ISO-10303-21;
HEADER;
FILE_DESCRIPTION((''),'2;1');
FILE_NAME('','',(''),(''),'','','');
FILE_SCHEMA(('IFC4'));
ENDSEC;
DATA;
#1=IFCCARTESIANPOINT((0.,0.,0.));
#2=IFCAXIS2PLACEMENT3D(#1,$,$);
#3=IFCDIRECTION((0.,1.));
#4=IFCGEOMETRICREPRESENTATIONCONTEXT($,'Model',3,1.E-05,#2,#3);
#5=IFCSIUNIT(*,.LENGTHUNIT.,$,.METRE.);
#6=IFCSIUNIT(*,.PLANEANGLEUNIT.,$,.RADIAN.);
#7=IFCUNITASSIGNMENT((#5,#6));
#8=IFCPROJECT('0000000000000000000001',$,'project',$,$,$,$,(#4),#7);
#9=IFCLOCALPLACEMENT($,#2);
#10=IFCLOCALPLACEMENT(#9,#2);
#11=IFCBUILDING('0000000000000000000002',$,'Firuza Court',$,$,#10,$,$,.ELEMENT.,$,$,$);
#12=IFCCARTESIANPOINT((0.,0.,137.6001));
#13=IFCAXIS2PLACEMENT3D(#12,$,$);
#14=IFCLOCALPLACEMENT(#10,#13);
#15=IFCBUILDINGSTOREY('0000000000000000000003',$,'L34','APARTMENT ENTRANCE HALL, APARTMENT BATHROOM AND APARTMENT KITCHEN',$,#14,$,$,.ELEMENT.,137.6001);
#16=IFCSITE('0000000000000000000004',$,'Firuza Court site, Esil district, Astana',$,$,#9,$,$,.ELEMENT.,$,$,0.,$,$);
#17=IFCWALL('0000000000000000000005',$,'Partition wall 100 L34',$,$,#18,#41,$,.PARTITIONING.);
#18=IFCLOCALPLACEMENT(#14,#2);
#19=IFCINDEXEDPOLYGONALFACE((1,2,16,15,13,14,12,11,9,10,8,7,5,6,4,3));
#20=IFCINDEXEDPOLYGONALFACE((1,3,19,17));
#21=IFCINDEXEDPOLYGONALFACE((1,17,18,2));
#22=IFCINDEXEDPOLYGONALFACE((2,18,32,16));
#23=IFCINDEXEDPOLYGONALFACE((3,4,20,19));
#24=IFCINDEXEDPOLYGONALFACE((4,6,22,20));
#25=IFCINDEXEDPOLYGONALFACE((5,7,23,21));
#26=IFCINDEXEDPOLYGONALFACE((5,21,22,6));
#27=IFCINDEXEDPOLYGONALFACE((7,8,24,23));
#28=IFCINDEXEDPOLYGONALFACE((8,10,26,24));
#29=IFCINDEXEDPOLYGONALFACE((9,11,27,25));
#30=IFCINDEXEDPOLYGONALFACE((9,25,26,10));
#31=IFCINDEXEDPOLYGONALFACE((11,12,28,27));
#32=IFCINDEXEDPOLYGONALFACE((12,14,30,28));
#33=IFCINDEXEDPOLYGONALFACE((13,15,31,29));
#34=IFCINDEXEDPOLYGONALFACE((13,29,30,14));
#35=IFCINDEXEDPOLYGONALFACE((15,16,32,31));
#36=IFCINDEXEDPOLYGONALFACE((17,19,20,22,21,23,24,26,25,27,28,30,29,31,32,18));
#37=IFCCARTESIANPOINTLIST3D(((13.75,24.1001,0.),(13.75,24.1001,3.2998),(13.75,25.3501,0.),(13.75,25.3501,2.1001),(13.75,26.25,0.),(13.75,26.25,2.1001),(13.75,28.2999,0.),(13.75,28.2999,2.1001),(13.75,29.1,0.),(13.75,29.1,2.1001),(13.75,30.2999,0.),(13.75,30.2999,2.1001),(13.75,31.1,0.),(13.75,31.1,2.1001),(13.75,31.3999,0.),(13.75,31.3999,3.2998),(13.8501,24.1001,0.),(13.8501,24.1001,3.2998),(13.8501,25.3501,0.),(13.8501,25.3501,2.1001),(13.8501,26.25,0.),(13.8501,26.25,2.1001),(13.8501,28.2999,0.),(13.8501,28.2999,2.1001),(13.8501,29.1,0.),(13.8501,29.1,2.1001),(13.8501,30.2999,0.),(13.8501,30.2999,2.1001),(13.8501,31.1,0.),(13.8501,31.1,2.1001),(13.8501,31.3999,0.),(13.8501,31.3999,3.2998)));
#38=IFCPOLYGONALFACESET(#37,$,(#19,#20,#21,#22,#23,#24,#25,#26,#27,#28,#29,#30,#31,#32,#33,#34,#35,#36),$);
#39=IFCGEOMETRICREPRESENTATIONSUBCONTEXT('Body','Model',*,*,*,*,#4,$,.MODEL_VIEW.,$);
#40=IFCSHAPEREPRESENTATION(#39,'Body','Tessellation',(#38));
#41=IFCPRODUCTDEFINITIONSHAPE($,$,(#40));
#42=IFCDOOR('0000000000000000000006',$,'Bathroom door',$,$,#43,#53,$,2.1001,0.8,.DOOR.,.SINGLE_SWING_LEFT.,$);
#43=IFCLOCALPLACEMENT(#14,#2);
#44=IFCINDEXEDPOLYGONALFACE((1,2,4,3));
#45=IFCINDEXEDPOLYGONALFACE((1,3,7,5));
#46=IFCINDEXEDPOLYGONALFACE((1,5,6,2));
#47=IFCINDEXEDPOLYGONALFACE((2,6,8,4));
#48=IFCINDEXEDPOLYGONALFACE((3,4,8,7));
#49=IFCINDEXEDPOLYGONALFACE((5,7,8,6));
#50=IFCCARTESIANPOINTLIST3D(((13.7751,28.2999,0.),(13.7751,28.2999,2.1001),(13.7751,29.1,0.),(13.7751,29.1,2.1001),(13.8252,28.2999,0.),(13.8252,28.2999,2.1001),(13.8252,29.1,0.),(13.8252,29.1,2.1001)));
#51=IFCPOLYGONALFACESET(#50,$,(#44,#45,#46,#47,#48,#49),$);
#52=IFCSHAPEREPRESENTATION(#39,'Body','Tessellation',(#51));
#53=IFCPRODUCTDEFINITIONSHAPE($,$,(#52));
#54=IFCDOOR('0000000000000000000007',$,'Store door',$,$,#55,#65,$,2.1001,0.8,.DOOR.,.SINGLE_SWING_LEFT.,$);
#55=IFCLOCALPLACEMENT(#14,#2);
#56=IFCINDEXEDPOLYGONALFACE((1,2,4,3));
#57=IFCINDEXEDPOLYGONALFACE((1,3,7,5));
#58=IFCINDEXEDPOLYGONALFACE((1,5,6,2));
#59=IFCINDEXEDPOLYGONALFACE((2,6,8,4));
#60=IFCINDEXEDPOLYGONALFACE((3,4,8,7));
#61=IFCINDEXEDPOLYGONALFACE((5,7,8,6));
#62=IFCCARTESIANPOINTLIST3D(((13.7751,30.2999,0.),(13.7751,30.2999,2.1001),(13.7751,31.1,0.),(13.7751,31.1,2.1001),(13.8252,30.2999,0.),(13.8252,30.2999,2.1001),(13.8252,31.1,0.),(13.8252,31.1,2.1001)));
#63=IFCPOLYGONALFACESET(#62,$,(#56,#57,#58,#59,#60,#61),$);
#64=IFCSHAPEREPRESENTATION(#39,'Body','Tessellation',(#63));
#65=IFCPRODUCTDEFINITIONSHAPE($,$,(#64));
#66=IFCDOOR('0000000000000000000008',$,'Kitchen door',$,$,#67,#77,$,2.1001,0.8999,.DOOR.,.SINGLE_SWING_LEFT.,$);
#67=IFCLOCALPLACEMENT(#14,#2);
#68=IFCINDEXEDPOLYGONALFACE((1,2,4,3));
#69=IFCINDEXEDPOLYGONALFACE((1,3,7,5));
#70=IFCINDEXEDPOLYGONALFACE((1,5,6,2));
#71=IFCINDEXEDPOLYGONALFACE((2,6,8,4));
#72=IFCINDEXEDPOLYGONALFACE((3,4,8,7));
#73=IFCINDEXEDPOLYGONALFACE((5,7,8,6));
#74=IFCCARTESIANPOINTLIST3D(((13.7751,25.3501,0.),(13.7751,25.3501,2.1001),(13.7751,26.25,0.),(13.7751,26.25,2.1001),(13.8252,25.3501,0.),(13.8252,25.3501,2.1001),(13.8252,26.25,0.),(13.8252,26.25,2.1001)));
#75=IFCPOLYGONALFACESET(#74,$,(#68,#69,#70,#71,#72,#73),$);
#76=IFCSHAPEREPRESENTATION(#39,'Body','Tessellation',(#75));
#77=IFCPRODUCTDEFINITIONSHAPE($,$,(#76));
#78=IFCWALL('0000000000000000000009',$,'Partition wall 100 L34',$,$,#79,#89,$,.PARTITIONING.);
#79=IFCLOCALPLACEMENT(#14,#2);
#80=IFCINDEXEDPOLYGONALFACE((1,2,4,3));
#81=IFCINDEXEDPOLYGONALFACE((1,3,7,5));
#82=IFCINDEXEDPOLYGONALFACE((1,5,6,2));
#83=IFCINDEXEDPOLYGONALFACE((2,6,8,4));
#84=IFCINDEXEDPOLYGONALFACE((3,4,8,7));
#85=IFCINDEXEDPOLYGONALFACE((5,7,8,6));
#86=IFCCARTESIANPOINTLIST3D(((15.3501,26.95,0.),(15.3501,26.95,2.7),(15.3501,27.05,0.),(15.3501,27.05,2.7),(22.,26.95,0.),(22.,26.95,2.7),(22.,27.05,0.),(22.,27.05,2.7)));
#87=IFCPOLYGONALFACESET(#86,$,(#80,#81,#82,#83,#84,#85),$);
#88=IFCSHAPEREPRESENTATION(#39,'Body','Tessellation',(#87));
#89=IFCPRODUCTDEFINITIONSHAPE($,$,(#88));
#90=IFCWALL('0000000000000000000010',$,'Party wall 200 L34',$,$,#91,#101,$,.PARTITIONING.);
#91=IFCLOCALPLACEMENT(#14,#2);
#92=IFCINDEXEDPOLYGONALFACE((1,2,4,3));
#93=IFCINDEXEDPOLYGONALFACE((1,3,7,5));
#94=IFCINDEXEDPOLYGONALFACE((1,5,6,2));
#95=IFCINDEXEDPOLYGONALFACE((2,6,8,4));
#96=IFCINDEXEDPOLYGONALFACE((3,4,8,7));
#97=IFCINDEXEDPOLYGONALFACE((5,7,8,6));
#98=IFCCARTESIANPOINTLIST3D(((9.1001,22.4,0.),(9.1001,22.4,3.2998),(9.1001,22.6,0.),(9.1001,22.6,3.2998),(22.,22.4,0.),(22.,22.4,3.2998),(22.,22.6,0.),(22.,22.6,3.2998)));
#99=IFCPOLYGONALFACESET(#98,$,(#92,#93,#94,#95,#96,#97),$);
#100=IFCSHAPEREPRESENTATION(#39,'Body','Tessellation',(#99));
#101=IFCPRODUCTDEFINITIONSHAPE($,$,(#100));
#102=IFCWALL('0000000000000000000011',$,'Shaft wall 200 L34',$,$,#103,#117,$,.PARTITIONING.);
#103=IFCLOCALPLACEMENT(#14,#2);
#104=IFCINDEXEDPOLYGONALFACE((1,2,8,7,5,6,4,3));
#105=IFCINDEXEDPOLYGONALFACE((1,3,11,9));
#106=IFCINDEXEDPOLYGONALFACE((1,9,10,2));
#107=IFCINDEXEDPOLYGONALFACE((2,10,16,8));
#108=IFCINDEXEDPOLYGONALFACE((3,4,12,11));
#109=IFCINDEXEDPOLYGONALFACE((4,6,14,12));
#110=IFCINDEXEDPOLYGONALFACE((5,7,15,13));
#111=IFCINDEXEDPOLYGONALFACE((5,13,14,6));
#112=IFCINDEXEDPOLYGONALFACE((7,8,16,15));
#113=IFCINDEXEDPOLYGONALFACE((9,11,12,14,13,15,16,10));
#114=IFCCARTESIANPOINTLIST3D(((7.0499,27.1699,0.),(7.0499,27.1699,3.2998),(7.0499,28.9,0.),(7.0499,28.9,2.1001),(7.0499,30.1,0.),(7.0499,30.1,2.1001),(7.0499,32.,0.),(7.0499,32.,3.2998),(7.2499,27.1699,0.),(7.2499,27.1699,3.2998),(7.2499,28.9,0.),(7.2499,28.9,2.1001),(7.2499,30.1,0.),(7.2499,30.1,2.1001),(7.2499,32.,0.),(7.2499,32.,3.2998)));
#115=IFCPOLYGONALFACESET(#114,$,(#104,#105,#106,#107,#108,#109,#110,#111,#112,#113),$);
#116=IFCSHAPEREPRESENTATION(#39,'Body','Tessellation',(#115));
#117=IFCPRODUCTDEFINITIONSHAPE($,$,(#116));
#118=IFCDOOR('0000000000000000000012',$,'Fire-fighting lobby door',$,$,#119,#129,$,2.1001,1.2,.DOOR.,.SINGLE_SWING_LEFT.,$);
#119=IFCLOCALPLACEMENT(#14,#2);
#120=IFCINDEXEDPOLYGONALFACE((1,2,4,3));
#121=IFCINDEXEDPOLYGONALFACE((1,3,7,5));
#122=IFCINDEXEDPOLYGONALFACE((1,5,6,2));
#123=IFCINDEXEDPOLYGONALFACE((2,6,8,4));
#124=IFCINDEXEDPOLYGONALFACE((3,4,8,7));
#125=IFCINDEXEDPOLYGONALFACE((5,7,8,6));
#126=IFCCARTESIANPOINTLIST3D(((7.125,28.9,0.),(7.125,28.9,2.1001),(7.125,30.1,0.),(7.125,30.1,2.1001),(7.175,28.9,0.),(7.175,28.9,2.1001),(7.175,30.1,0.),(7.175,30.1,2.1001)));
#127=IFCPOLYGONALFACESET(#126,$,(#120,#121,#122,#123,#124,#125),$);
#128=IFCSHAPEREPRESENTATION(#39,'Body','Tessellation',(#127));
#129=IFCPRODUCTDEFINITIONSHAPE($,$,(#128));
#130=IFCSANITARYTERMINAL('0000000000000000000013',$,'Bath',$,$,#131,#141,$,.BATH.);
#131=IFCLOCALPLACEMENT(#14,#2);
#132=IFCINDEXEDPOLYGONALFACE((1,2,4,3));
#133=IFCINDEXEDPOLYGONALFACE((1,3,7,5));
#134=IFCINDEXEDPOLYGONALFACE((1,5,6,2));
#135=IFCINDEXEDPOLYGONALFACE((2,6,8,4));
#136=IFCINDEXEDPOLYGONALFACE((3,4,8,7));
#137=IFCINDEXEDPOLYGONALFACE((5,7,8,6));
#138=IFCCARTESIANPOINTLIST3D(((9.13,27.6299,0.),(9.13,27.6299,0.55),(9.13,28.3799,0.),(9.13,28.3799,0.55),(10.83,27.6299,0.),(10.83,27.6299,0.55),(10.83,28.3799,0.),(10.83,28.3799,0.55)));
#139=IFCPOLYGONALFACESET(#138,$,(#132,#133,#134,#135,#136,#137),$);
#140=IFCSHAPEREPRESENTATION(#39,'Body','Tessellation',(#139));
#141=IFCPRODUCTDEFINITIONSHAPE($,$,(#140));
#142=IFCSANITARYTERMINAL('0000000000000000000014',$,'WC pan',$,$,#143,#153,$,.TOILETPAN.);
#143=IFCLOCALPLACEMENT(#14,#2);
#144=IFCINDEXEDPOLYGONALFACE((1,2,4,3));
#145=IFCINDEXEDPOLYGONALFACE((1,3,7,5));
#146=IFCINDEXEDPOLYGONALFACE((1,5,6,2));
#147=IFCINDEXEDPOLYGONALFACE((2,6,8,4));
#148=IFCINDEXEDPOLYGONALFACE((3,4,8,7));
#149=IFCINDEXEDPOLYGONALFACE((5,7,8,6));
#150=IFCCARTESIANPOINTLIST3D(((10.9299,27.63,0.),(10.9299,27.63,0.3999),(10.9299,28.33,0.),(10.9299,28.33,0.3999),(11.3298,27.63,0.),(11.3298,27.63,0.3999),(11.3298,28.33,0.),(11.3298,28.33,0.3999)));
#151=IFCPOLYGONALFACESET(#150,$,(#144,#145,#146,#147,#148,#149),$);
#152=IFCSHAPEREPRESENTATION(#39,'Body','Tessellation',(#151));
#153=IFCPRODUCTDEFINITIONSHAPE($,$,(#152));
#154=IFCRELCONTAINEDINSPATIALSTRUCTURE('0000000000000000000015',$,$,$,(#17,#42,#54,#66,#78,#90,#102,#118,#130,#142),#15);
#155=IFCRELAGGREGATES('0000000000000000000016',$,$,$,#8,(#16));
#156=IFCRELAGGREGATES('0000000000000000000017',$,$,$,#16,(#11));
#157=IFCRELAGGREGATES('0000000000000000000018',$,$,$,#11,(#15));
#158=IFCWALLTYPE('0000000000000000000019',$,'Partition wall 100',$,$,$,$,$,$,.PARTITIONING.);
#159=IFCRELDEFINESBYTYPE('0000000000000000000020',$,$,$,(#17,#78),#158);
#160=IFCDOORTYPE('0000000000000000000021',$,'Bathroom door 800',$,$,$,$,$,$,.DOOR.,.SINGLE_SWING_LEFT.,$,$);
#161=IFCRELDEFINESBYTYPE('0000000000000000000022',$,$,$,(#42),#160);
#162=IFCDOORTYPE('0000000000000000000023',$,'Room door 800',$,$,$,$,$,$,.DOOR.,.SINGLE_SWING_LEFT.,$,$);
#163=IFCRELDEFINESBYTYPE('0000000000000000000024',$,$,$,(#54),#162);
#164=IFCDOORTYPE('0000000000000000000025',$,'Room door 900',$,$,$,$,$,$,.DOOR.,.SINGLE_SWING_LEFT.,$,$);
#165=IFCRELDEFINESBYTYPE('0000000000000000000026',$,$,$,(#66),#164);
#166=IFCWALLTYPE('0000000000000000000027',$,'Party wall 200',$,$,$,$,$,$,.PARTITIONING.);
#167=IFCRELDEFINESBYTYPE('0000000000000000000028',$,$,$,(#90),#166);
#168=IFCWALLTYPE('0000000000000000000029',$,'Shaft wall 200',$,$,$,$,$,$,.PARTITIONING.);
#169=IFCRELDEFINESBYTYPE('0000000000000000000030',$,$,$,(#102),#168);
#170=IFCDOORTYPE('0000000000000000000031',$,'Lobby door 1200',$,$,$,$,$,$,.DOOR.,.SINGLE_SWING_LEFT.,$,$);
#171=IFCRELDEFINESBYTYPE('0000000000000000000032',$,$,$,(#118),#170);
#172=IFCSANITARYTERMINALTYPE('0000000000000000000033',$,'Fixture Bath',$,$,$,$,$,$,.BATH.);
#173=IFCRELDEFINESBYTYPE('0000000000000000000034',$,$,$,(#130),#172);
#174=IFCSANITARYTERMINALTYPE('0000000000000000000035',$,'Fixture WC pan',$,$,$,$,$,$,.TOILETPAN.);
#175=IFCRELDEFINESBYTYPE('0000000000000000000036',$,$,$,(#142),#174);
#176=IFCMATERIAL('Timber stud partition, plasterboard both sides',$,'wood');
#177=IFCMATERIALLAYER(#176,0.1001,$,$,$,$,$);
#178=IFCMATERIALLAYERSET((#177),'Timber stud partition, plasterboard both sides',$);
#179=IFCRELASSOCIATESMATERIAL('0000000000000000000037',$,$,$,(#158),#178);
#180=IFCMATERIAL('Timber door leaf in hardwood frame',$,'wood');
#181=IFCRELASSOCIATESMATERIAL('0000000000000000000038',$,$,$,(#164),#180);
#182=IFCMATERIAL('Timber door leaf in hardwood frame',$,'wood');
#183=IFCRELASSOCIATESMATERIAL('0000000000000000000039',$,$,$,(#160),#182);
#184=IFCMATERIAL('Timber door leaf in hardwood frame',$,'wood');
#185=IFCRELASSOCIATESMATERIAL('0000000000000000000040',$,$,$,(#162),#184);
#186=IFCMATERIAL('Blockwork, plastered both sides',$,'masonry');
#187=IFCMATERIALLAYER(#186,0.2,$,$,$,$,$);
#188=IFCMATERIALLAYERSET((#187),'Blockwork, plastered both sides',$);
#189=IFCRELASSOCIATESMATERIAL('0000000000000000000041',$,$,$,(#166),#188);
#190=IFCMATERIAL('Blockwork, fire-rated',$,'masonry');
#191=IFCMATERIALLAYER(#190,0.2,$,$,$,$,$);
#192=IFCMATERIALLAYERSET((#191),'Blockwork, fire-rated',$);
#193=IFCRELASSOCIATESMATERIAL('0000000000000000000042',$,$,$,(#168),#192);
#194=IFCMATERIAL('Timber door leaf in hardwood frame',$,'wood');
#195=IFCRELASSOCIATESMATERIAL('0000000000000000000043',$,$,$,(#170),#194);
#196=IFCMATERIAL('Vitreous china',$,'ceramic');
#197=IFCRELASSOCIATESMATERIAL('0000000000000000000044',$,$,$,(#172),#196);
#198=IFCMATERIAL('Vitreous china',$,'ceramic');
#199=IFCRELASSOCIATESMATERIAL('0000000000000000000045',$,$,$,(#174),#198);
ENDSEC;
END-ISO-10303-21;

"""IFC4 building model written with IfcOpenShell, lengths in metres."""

from ifc_helpers import new_model, si_unit, direction, frame, frame_2d, origin, origin_2d, place, context, subcontext, project, spatial, rectangle, extrude, material, layer, layer_set, type_object, element, fill, save


model = new_model("IFC4")

# Units and contexts
model_context = context("Model", 3, precision=1e-05, world=origin(), true_north=direction((0.0, 1.0)))
body_context = subcontext(model_context, "Body", "Model", "MODEL_VIEW")
ifc_project = project(units=[si_unit("LENGTHUNIT", "METRE"), si_unit("PLANEANGLEUNIT", "RADIAN")], contexts=[model_context])

# Site, building, storey
site_placement = place(None, origin())
site = spatial("IfcSite", under=ifc_project, at=site_placement, Name="Firuza Court site, Esil district, Astana", CompositionType="ELEMENT", RefElevation=0.0)
building_placement = place(site_placement, origin())
building = spatial("IfcBuilding", under=site, at=building_placement, Name="Firuza Court", CompositionType="ELEMENT")
storey_placement = place(building_placement, frame((0.0, 0.0, 137.6001)))
storey = spatial("IfcBuildingStorey", under=building, at=storey_placement, Name="L34", Description="APARTMENT ENTRANCE HALL, APARTMENT BATHROOM AND APARTMENT KITCHEN", CompositionType="ELEMENT", Elevation=137.6001)

# Shared definitions
ifc_material_1 = material(Name="Timber stud partition, plasterboard both sides", Category="wood")
ifc_layer_1 = layer(ifc_material_1, 0.1001)
ifc_layer_set_1 = layer_set([ifc_layer_1], Name="Timber stud partition, plasterboard both sides")
wall_type_1 = type_object("IfcWallType", Name="Partition wall 100", PredefinedType="PARTITIONING", material=ifc_layer_set_1)
ifc_material_2 = material(Name="Timber door leaf in hardwood frame", Category="wood")
door_type_1 = type_object("IfcDoorType", Name="Room door 900", OperationType="SINGLE_SWING_LEFT", PredefinedType="DOOR", material=ifc_material_2)

# Wall, openings, doors
wall_1_placement = place(storey_placement, frame((13.8, 24.1001, 0.0), z_axis=(0.0, 0.0, 1.0), x_axis=(0.0, 1.0, 0.0)))
wall_1 = element("IfcWall", 1, at=wall_1_placement, inside=storey, type_object=wall_type_1, Name="Partition wall 100 L34", PredefinedType="PARTITIONING", context=body_context, shape_type="SweptSolid", body=[
    extrude(rectangle(XDim=7.2998, YDim=0.1001, at=frame_2d((3.6499, 0.0))), origin(), (0.0, 0.0, 1.0), 3.2998),
])
opening_1_placement = place(wall_1_placement, frame((4.2, 0.0, 0.0)))
opening_1 = element("IfcOpeningElement", 2, at=opening_1_placement, cuts=wall_1, PredefinedType="OPENING", context=body_context, shape_type="SweptSolid", body=[
    extrude(rectangle(XDim=0.8, YDim=2.1001, at=frame_2d((0.3999, 1.05))), frame((0.0, 0.062, 0.0), z_axis=(0.0, -1.0, 0.0), x_axis=(1.0, 0.0, 0.0)), (0.0, 0.0, 1.0), 0.124),
])
opening_2_placement = place(wall_1_placement, frame((1.25, 0.0, 0.0)))
opening_2 = element("IfcOpeningElement", 3, at=opening_2_placement, cuts=wall_1, PredefinedType="OPENING", context=body_context, shape_type="SweptSolid", body=[
    extrude(rectangle(XDim=0.8999, YDim=2.1001, at=frame_2d((0.45, 1.05))), frame((0.0, 0.062, 0.0), z_axis=(0.0, -1.0, 0.0), x_axis=(1.0, 0.0, 0.0)), (0.0, 0.0, 1.0), 0.124),
])
opening_3_placement = place(wall_1_placement, frame((6.2, 0.0, 0.0)))
opening_3 = element("IfcOpeningElement", 4, at=opening_3_placement, cuts=wall_1, PredefinedType="OPENING", context=body_context, shape_type="SweptSolid", body=[
    extrude(rectangle(XDim=0.8, YDim=2.1001, at=frame_2d((0.3999, 1.05))), frame((0.0, 0.062, 0.0), z_axis=(0.0, -1.0, 0.0), x_axis=(1.0, 0.0, 0.0)), (0.0, 0.0, 1.0), 0.124),
])
ifc_material_3 = material(Name="Timber door leaf in hardwood frame", Category="wood")
door_type_2 = type_object("IfcDoorType", Name="Bathroom door 800", OperationType="SINGLE_SWING_LEFT", PredefinedType="DOOR", material=ifc_material_3)
door_1_placement = place(opening_1_placement, origin())
door_1 = element("IfcDoor", 5, at=door_1_placement, inside=storey, type_object=door_type_2, Name="Bathroom door", OperationType="SINGLE_SWING_LEFT", OverallHeight=2.1001, OverallWidth=0.8, PredefinedType="DOOR", context=body_context, shape_type="SweptSolid", body=[
    extrude(rectangle(XDim=0.8, YDim=2.1001, at=frame_2d((0.3999, 1.05))), frame((0.0, 0.0249, 0.0), z_axis=(0.0, -1.0, 0.0), x_axis=(1.0, 0.0, 0.0)), (0.0, 0.0, 1.0), 0.05),
])
fill(opening_1, door_1)
ifc_material_4 = material(Name="Timber door leaf in hardwood frame", Category="wood")
door_type_3 = type_object("IfcDoorType", Name="Room door 800", OperationType="SINGLE_SWING_LEFT", PredefinedType="DOOR", material=ifc_material_4)
door_2_placement = place(opening_3_placement, origin())
door_2 = element("IfcDoor", 6, at=door_2_placement, inside=storey, type_object=door_type_3, Name="Store door", OperationType="SINGLE_SWING_LEFT", OverallHeight=2.1001, OverallWidth=0.8, PredefinedType="DOOR", context=body_context, shape_type="SweptSolid", body=[
    extrude(rectangle(XDim=0.8, YDim=2.1001, at=frame_2d((0.3999, 1.05))), frame((0.0, 0.0249, 0.0), z_axis=(0.0, -1.0, 0.0), x_axis=(1.0, 0.0, 0.0)), (0.0, 0.0, 1.0), 0.05),
])
fill(opening_3, door_2)
door_3_placement = place(opening_2_placement, origin())
door_3 = element("IfcDoor", 7, at=door_3_placement, inside=storey, type_object=door_type_1, Name="Kitchen door", OperationType="SINGLE_SWING_LEFT", OverallHeight=2.1001, OverallWidth=0.8999, PredefinedType="DOOR", context=body_context, shape_type="SweptSolid", body=[
    extrude(rectangle(XDim=0.8999, YDim=2.1001, at=frame_2d((0.45, 1.05))), frame((0.0, 0.0249, 0.0), z_axis=(0.0, -1.0, 0.0), x_axis=(1.0, 0.0, 0.0)), (0.0, 0.0, 1.0), 0.05),
])
fill(opening_2, door_3)

# Walls
wall_2_placement = place(storey_placement, frame((15.3501, 27.0, 0.0), z_axis=(0.0, 0.0, 1.0), x_axis=(1.0, 0.0, 0.0)))
element("IfcWall", 8, at=wall_2_placement, inside=storey, type_object=wall_type_1, Name="Partition wall 100 L34", PredefinedType="PARTITIONING", context=body_context, shape_type="SweptSolid", body=[
    extrude(rectangle(XDim=6.6499, YDim=0.1001, at=frame_2d((3.325, 0.0))), origin(), (0.0, 0.0, 1.0), 2.7),
])
ifc_material_5 = material(Name="Blockwork, plastered both sides", Category="masonry")
ifc_layer_2 = layer(ifc_material_5, 0.2)
ifc_layer_set_2 = layer_set([ifc_layer_2], Name="Blockwork, plastered both sides")
wall_type_2 = type_object("IfcWallType", Name="Party wall 200", PredefinedType="PARTITIONING", material=ifc_layer_set_2)
wall_3_placement = place(storey_placement, frame((9.1001, 22.5, 0.0), z_axis=(0.0, 0.0, 1.0), x_axis=(1.0, 0.0, 0.0)))
element("IfcWall", 9, at=wall_3_placement, inside=storey, type_object=wall_type_2, Name="Party wall 200 L34", PredefinedType="PARTITIONING", context=body_context, shape_type="SweptSolid", body=[
    extrude(rectangle(XDim=12.8999, YDim=0.2, at=frame_2d((6.45, 0.0))), origin(), (0.0, 0.0, 1.0), 3.2998),
])

# Wall, opening, door
ifc_material_6 = material(Name="Blockwork, fire-rated", Category="masonry")
ifc_layer_3 = layer(ifc_material_6, 0.2)
ifc_layer_set_3 = layer_set([ifc_layer_3], Name="Blockwork, fire-rated")
wall_type_3 = type_object("IfcWallType", Name="Shaft wall 200", PredefinedType="PARTITIONING", material=ifc_layer_set_3)
wall_4_placement = place(storey_placement, frame((7.1499, 27.1699, 0.0), z_axis=(0.0, 0.0, 1.0), x_axis=(0.0, 1.0, 0.0)))
wall_4 = element("IfcWall", 10, at=wall_4_placement, inside=storey, type_object=wall_type_3, Name="Shaft wall 200 L34", PredefinedType="PARTITIONING", context=body_context, shape_type="SweptSolid", body=[
    extrude(rectangle(XDim=4.8301, YDim=0.2, at=frame_2d((2.415, 0.0))), origin(), (0.0, 0.0, 1.0), 3.2998),
])
opening_4_placement = place(wall_4_placement, frame((1.73, 0.0, 0.0)))
opening_4 = element("IfcOpeningElement", 11, at=opening_4_placement, cuts=wall_4, PredefinedType="OPENING", context=body_context, shape_type="SweptSolid", body=[
    extrude(rectangle(XDim=1.2, YDim=2.1001, at=frame_2d((0.6001, 1.05))), frame((0.0, 0.1118, 0.0), z_axis=(0.0, -1.0, 0.0), x_axis=(1.0, 0.0, 0.0)), (0.0, 0.0, 1.0), 0.2239),
])
ifc_material_7 = material(Name="Timber door leaf in hardwood frame", Category="wood")
door_type_4 = type_object("IfcDoorType", Name="Lobby door 1200", OperationType="SINGLE_SWING_LEFT", PredefinedType="DOOR", material=ifc_material_7)
door_4_placement = place(opening_4_placement, origin())
door_4 = element("IfcDoor", 12, at=door_4_placement, inside=storey, type_object=door_type_4, Name="Fire-fighting lobby door", OperationType="SINGLE_SWING_LEFT", OverallHeight=2.1001, OverallWidth=1.2, PredefinedType="DOOR", context=body_context, shape_type="SweptSolid", body=[
    extrude(rectangle(XDim=1.2, YDim=2.1001, at=frame_2d((0.6001, 1.05))), frame((0.0, 0.0249, 0.0), z_axis=(0.0, -1.0, 0.0), x_axis=(1.0, 0.0, 0.0)), (0.0, 0.0, 1.0), 0.05),
])
fill(opening_4, door_4)

# Sanitary terminals
ifc_material_8 = material(Name="Vitreous china", Category="ceramic")
sanitary_terminal_type_1 = type_object("IfcSanitaryTerminalType", Name="Fixture Bath", PredefinedType="BATH", material=ifc_material_8)
sanitary_terminal_1_placement = place(storey_placement, frame((9.98, 28.0049, 0.0), z_axis=(0.0, 0.0, 1.0), x_axis=(1.0, 0.0, 0.0)))
element("IfcSanitaryTerminal", 13, at=sanitary_terminal_1_placement, inside=storey, type_object=sanitary_terminal_type_1, Name="Bath", PredefinedType="BATH", context=body_context, shape_type="SweptSolid", body=[
    extrude(rectangle(XDim=1.7, YDim=0.75, at=origin_2d()), origin(), (0.0, 0.0, 1.0), 0.55),
])
ifc_material_9 = material(Name="Vitreous china", Category="ceramic")
sanitary_terminal_type_2 = type_object("IfcSanitaryTerminalType", Name="Fixture WC pan", PredefinedType="TOILETPAN", material=ifc_material_9)
sanitary_terminal_2_placement = place(storey_placement, frame((11.1299, 27.98, 0.0), z_axis=(0.0, 0.0, 1.0), x_axis=(1.0, 0.0, 0.0)))
element("IfcSanitaryTerminal", 14, at=sanitary_terminal_2_placement, inside=storey, type_object=sanitary_terminal_type_2, Name="WC pan", PredefinedType="TOILETPAN", context=body_context, shape_type="SweptSolid", body=[
    extrude(rectangle(XDim=0.3999, YDim=0.7, at=origin_2d()), origin(), (0.0, 0.0, 1.0), 0.3999),
])

save(model, "model.ifc")
